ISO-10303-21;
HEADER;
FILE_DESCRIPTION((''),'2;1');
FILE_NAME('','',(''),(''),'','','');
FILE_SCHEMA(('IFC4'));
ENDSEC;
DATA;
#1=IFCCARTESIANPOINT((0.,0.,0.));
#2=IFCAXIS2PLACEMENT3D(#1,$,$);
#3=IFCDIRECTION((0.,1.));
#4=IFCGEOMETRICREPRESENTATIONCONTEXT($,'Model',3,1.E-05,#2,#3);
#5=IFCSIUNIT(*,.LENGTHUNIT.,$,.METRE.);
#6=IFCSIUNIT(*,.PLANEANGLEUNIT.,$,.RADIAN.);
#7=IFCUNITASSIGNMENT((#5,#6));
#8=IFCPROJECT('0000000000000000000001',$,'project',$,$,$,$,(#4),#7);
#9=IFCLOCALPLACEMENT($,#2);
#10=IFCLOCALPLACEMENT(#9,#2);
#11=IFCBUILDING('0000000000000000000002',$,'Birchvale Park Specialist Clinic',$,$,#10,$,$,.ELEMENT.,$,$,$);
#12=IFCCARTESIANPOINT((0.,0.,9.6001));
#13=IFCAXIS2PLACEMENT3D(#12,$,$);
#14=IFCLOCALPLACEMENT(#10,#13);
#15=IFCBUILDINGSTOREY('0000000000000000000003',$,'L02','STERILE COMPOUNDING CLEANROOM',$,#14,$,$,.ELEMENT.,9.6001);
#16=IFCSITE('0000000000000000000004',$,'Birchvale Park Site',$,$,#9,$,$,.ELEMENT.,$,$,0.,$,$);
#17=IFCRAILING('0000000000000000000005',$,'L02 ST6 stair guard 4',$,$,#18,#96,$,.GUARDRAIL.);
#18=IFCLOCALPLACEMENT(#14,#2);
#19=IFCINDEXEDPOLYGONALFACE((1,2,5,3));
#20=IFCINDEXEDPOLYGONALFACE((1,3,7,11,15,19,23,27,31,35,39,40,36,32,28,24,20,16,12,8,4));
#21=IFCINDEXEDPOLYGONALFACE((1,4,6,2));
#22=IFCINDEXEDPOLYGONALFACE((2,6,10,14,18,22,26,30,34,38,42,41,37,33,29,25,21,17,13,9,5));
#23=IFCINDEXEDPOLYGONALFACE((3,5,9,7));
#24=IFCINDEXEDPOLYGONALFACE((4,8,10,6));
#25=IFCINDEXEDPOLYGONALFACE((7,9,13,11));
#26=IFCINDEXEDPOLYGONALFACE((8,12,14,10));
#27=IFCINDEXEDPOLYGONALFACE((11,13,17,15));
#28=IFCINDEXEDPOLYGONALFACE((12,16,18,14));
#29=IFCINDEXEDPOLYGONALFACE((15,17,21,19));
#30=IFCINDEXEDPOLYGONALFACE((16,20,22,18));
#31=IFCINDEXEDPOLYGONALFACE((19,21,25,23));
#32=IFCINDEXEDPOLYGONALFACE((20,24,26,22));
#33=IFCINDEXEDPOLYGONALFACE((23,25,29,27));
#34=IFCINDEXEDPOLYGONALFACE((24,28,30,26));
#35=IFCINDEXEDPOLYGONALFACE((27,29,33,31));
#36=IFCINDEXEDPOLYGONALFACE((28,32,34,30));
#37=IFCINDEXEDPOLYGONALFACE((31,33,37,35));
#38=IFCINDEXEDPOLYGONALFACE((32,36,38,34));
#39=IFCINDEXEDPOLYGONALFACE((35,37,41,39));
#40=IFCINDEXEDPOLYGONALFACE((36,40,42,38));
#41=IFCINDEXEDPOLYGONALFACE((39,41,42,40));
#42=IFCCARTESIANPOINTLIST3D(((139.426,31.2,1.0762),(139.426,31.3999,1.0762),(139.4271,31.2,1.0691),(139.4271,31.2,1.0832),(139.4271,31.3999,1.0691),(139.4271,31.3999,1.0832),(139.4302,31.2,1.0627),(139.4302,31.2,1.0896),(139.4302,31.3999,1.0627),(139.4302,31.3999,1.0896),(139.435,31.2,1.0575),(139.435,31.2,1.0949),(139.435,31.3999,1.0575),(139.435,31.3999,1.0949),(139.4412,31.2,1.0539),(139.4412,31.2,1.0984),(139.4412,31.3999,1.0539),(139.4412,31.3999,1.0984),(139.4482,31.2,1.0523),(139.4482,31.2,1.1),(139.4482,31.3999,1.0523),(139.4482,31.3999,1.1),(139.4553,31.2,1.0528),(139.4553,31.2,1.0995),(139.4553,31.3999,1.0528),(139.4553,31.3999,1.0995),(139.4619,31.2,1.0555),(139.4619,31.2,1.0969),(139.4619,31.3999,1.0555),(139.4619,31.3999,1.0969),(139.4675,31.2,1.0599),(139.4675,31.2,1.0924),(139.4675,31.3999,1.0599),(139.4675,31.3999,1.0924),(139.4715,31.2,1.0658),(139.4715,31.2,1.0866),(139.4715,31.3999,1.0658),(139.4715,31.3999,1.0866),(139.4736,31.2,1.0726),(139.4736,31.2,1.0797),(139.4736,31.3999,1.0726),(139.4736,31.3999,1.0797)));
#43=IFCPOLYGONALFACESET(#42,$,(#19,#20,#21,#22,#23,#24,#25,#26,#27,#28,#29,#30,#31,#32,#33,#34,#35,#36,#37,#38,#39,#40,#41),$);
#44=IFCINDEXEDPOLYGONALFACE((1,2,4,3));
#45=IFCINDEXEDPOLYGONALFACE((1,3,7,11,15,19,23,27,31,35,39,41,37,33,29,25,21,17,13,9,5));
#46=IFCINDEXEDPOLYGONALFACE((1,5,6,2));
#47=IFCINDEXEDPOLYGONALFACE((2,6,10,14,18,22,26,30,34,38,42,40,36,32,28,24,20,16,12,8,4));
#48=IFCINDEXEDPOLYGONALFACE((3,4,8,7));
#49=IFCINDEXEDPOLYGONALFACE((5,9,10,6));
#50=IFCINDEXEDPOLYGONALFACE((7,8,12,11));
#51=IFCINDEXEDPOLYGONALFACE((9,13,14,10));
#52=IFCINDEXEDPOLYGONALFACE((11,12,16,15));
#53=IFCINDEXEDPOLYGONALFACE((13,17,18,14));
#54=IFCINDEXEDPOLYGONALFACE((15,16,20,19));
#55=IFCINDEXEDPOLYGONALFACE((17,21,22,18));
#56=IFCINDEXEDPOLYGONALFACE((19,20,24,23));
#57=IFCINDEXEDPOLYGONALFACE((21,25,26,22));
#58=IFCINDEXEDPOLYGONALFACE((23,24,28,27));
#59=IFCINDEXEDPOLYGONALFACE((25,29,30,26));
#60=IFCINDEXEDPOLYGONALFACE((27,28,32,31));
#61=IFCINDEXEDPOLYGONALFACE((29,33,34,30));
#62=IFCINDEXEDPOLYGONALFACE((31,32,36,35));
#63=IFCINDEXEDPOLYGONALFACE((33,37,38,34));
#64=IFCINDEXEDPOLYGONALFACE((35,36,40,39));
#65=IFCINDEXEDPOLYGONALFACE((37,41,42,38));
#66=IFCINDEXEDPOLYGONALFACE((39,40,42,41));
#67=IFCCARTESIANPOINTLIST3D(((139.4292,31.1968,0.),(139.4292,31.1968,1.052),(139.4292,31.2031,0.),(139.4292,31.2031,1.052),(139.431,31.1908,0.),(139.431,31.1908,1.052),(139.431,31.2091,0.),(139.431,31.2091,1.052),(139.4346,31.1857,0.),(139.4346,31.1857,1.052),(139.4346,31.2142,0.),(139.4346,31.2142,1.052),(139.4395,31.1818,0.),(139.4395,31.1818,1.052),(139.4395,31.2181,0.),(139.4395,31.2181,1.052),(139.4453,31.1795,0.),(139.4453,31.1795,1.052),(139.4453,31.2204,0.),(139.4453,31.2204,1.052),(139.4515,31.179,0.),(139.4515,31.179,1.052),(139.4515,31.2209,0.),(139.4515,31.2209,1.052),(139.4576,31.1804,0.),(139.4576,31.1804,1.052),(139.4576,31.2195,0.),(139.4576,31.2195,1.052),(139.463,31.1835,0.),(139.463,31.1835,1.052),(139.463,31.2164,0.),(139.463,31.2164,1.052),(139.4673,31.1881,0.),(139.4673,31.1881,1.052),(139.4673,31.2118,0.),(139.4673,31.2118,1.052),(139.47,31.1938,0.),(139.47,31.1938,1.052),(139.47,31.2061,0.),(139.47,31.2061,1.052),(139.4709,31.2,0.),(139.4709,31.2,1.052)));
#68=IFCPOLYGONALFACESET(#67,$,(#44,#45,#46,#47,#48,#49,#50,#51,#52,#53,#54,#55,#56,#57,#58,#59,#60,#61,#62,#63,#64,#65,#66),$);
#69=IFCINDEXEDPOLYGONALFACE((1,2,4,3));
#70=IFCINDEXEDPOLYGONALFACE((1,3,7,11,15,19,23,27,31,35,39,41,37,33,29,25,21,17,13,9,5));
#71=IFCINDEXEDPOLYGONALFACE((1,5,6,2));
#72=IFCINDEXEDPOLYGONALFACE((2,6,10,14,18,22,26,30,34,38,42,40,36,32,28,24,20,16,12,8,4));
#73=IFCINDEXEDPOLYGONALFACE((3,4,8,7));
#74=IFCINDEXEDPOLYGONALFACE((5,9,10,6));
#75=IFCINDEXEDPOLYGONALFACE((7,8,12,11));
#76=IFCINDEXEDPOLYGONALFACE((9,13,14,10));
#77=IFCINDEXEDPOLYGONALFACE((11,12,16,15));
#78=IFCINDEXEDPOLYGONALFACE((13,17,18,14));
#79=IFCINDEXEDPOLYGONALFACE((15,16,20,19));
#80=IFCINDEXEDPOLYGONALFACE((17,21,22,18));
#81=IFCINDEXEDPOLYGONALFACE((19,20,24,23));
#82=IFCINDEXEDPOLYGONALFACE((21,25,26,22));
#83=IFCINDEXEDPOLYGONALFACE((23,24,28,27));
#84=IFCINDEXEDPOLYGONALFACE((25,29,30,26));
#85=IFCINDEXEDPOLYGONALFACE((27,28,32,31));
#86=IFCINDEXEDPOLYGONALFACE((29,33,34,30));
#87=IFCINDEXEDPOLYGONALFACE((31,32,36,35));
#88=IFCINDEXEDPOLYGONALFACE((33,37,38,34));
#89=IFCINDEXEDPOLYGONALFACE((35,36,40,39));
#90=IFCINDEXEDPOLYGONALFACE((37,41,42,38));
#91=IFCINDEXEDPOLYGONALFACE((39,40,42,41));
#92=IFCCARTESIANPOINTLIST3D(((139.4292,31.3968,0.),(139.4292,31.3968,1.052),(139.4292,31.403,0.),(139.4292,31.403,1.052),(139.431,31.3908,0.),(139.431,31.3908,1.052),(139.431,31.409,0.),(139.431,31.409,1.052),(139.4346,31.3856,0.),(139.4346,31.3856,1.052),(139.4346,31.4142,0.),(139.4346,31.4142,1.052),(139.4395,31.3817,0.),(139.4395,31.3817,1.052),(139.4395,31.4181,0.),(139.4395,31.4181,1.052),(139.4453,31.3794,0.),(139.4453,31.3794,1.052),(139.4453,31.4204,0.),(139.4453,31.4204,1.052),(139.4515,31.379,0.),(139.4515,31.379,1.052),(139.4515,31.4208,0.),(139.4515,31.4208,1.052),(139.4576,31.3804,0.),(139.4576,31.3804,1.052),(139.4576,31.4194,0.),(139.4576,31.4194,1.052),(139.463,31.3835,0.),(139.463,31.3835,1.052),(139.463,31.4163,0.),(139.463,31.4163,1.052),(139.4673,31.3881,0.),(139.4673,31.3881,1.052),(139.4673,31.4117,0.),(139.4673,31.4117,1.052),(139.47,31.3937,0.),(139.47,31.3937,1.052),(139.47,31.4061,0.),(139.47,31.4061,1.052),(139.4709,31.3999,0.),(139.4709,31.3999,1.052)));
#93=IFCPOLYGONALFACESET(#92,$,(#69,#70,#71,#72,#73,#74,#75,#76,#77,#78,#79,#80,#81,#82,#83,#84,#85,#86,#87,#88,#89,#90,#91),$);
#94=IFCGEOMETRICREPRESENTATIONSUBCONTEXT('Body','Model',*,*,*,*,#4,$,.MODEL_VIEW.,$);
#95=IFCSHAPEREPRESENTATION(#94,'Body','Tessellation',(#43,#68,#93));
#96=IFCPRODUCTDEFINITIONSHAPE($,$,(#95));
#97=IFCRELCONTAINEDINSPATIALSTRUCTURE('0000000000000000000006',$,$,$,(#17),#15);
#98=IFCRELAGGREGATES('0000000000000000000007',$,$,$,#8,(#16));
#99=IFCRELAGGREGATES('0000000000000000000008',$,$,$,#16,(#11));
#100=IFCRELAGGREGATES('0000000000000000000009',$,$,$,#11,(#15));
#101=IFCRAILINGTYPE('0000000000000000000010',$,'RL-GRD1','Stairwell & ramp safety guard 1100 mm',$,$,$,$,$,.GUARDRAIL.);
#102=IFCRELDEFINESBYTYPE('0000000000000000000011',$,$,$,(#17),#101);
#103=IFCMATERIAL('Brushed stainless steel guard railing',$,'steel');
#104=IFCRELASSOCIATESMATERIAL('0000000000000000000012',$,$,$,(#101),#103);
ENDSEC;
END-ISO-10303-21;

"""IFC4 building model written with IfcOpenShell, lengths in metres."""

from ifc_helpers import new_model, si_unit, direction, frame, origin, origin_2d, place, context, subcontext, project, spatial, circle, extrude, material, type_object, element, save


model = new_model("IFC4")

# Units and contexts
model_context = context("Model", 3, precision=1e-05, world=origin(), true_north=direction((0.0, 1.0)))
body_context = subcontext(model_context, "Body", "Model", "MODEL_VIEW")
ifc_project = project(units=[si_unit("LENGTHUNIT", "METRE"), si_unit("PLANEANGLEUNIT", "RADIAN")], contexts=[model_context])

# Site, building, storey
site_placement = place(None, origin())
site = spatial("IfcSite", under=ifc_project, at=site_placement, Name="Birchvale Park Site", CompositionType="ELEMENT", RefElevation=0.0)
building_placement = place(site_placement, origin())
building = spatial("IfcBuilding", under=site, at=building_placement, Name="Birchvale Park Specialist Clinic", CompositionType="ELEMENT")
storey_placement = place(building_placement, frame((0.0, 0.0, 9.6001)))
storey = spatial("IfcBuildingStorey", under=building, at=storey_placement, Name="L02", Description="STERILE COMPOUNDING CLEANROOM", CompositionType="ELEMENT", Elevation=9.6001)

# Railing
ifc_material_1 = material(Name="Brushed stainless steel guard railing", Category="steel")
railing_type_1 = type_object("IfcRailingType", Name="RL-GRD1", Description="Stairwell & ramp safety guard 1100 mm", PredefinedType="GUARDRAIL", material=ifc_material_1)
railing_1_placement = place(storey_placement, frame((139.45, 31.2, 0.0)))
element("IfcRailing", 1, at=railing_1_placement, inside=storey, type_object=railing_type_1, Name="L02 ST6 stair guard 4", PredefinedType="GUARDRAIL", context=body_context, shape_type="SweptSolid", body=[
    extrude(circle(Radius=0.0239, at=origin_2d()), frame((0.0, 0.0, 1.0762), z_axis=(0.0, 1.0, 0.0), x_axis=(-1.0, 0.0, 0.0)), (0.0, 0.0, 1.0), 0.2),
    extrude(circle(Radius=0.021, at=origin_2d()), origin(), (0.0, 0.0, 1.0), 1.052),
    extrude(circle(Radius=0.021, at=origin_2d()), frame((0.0, 0.2, 0.0)), (0.0, 0.0, 1.0), 1.052),
])

save(model, "model.ifc")
